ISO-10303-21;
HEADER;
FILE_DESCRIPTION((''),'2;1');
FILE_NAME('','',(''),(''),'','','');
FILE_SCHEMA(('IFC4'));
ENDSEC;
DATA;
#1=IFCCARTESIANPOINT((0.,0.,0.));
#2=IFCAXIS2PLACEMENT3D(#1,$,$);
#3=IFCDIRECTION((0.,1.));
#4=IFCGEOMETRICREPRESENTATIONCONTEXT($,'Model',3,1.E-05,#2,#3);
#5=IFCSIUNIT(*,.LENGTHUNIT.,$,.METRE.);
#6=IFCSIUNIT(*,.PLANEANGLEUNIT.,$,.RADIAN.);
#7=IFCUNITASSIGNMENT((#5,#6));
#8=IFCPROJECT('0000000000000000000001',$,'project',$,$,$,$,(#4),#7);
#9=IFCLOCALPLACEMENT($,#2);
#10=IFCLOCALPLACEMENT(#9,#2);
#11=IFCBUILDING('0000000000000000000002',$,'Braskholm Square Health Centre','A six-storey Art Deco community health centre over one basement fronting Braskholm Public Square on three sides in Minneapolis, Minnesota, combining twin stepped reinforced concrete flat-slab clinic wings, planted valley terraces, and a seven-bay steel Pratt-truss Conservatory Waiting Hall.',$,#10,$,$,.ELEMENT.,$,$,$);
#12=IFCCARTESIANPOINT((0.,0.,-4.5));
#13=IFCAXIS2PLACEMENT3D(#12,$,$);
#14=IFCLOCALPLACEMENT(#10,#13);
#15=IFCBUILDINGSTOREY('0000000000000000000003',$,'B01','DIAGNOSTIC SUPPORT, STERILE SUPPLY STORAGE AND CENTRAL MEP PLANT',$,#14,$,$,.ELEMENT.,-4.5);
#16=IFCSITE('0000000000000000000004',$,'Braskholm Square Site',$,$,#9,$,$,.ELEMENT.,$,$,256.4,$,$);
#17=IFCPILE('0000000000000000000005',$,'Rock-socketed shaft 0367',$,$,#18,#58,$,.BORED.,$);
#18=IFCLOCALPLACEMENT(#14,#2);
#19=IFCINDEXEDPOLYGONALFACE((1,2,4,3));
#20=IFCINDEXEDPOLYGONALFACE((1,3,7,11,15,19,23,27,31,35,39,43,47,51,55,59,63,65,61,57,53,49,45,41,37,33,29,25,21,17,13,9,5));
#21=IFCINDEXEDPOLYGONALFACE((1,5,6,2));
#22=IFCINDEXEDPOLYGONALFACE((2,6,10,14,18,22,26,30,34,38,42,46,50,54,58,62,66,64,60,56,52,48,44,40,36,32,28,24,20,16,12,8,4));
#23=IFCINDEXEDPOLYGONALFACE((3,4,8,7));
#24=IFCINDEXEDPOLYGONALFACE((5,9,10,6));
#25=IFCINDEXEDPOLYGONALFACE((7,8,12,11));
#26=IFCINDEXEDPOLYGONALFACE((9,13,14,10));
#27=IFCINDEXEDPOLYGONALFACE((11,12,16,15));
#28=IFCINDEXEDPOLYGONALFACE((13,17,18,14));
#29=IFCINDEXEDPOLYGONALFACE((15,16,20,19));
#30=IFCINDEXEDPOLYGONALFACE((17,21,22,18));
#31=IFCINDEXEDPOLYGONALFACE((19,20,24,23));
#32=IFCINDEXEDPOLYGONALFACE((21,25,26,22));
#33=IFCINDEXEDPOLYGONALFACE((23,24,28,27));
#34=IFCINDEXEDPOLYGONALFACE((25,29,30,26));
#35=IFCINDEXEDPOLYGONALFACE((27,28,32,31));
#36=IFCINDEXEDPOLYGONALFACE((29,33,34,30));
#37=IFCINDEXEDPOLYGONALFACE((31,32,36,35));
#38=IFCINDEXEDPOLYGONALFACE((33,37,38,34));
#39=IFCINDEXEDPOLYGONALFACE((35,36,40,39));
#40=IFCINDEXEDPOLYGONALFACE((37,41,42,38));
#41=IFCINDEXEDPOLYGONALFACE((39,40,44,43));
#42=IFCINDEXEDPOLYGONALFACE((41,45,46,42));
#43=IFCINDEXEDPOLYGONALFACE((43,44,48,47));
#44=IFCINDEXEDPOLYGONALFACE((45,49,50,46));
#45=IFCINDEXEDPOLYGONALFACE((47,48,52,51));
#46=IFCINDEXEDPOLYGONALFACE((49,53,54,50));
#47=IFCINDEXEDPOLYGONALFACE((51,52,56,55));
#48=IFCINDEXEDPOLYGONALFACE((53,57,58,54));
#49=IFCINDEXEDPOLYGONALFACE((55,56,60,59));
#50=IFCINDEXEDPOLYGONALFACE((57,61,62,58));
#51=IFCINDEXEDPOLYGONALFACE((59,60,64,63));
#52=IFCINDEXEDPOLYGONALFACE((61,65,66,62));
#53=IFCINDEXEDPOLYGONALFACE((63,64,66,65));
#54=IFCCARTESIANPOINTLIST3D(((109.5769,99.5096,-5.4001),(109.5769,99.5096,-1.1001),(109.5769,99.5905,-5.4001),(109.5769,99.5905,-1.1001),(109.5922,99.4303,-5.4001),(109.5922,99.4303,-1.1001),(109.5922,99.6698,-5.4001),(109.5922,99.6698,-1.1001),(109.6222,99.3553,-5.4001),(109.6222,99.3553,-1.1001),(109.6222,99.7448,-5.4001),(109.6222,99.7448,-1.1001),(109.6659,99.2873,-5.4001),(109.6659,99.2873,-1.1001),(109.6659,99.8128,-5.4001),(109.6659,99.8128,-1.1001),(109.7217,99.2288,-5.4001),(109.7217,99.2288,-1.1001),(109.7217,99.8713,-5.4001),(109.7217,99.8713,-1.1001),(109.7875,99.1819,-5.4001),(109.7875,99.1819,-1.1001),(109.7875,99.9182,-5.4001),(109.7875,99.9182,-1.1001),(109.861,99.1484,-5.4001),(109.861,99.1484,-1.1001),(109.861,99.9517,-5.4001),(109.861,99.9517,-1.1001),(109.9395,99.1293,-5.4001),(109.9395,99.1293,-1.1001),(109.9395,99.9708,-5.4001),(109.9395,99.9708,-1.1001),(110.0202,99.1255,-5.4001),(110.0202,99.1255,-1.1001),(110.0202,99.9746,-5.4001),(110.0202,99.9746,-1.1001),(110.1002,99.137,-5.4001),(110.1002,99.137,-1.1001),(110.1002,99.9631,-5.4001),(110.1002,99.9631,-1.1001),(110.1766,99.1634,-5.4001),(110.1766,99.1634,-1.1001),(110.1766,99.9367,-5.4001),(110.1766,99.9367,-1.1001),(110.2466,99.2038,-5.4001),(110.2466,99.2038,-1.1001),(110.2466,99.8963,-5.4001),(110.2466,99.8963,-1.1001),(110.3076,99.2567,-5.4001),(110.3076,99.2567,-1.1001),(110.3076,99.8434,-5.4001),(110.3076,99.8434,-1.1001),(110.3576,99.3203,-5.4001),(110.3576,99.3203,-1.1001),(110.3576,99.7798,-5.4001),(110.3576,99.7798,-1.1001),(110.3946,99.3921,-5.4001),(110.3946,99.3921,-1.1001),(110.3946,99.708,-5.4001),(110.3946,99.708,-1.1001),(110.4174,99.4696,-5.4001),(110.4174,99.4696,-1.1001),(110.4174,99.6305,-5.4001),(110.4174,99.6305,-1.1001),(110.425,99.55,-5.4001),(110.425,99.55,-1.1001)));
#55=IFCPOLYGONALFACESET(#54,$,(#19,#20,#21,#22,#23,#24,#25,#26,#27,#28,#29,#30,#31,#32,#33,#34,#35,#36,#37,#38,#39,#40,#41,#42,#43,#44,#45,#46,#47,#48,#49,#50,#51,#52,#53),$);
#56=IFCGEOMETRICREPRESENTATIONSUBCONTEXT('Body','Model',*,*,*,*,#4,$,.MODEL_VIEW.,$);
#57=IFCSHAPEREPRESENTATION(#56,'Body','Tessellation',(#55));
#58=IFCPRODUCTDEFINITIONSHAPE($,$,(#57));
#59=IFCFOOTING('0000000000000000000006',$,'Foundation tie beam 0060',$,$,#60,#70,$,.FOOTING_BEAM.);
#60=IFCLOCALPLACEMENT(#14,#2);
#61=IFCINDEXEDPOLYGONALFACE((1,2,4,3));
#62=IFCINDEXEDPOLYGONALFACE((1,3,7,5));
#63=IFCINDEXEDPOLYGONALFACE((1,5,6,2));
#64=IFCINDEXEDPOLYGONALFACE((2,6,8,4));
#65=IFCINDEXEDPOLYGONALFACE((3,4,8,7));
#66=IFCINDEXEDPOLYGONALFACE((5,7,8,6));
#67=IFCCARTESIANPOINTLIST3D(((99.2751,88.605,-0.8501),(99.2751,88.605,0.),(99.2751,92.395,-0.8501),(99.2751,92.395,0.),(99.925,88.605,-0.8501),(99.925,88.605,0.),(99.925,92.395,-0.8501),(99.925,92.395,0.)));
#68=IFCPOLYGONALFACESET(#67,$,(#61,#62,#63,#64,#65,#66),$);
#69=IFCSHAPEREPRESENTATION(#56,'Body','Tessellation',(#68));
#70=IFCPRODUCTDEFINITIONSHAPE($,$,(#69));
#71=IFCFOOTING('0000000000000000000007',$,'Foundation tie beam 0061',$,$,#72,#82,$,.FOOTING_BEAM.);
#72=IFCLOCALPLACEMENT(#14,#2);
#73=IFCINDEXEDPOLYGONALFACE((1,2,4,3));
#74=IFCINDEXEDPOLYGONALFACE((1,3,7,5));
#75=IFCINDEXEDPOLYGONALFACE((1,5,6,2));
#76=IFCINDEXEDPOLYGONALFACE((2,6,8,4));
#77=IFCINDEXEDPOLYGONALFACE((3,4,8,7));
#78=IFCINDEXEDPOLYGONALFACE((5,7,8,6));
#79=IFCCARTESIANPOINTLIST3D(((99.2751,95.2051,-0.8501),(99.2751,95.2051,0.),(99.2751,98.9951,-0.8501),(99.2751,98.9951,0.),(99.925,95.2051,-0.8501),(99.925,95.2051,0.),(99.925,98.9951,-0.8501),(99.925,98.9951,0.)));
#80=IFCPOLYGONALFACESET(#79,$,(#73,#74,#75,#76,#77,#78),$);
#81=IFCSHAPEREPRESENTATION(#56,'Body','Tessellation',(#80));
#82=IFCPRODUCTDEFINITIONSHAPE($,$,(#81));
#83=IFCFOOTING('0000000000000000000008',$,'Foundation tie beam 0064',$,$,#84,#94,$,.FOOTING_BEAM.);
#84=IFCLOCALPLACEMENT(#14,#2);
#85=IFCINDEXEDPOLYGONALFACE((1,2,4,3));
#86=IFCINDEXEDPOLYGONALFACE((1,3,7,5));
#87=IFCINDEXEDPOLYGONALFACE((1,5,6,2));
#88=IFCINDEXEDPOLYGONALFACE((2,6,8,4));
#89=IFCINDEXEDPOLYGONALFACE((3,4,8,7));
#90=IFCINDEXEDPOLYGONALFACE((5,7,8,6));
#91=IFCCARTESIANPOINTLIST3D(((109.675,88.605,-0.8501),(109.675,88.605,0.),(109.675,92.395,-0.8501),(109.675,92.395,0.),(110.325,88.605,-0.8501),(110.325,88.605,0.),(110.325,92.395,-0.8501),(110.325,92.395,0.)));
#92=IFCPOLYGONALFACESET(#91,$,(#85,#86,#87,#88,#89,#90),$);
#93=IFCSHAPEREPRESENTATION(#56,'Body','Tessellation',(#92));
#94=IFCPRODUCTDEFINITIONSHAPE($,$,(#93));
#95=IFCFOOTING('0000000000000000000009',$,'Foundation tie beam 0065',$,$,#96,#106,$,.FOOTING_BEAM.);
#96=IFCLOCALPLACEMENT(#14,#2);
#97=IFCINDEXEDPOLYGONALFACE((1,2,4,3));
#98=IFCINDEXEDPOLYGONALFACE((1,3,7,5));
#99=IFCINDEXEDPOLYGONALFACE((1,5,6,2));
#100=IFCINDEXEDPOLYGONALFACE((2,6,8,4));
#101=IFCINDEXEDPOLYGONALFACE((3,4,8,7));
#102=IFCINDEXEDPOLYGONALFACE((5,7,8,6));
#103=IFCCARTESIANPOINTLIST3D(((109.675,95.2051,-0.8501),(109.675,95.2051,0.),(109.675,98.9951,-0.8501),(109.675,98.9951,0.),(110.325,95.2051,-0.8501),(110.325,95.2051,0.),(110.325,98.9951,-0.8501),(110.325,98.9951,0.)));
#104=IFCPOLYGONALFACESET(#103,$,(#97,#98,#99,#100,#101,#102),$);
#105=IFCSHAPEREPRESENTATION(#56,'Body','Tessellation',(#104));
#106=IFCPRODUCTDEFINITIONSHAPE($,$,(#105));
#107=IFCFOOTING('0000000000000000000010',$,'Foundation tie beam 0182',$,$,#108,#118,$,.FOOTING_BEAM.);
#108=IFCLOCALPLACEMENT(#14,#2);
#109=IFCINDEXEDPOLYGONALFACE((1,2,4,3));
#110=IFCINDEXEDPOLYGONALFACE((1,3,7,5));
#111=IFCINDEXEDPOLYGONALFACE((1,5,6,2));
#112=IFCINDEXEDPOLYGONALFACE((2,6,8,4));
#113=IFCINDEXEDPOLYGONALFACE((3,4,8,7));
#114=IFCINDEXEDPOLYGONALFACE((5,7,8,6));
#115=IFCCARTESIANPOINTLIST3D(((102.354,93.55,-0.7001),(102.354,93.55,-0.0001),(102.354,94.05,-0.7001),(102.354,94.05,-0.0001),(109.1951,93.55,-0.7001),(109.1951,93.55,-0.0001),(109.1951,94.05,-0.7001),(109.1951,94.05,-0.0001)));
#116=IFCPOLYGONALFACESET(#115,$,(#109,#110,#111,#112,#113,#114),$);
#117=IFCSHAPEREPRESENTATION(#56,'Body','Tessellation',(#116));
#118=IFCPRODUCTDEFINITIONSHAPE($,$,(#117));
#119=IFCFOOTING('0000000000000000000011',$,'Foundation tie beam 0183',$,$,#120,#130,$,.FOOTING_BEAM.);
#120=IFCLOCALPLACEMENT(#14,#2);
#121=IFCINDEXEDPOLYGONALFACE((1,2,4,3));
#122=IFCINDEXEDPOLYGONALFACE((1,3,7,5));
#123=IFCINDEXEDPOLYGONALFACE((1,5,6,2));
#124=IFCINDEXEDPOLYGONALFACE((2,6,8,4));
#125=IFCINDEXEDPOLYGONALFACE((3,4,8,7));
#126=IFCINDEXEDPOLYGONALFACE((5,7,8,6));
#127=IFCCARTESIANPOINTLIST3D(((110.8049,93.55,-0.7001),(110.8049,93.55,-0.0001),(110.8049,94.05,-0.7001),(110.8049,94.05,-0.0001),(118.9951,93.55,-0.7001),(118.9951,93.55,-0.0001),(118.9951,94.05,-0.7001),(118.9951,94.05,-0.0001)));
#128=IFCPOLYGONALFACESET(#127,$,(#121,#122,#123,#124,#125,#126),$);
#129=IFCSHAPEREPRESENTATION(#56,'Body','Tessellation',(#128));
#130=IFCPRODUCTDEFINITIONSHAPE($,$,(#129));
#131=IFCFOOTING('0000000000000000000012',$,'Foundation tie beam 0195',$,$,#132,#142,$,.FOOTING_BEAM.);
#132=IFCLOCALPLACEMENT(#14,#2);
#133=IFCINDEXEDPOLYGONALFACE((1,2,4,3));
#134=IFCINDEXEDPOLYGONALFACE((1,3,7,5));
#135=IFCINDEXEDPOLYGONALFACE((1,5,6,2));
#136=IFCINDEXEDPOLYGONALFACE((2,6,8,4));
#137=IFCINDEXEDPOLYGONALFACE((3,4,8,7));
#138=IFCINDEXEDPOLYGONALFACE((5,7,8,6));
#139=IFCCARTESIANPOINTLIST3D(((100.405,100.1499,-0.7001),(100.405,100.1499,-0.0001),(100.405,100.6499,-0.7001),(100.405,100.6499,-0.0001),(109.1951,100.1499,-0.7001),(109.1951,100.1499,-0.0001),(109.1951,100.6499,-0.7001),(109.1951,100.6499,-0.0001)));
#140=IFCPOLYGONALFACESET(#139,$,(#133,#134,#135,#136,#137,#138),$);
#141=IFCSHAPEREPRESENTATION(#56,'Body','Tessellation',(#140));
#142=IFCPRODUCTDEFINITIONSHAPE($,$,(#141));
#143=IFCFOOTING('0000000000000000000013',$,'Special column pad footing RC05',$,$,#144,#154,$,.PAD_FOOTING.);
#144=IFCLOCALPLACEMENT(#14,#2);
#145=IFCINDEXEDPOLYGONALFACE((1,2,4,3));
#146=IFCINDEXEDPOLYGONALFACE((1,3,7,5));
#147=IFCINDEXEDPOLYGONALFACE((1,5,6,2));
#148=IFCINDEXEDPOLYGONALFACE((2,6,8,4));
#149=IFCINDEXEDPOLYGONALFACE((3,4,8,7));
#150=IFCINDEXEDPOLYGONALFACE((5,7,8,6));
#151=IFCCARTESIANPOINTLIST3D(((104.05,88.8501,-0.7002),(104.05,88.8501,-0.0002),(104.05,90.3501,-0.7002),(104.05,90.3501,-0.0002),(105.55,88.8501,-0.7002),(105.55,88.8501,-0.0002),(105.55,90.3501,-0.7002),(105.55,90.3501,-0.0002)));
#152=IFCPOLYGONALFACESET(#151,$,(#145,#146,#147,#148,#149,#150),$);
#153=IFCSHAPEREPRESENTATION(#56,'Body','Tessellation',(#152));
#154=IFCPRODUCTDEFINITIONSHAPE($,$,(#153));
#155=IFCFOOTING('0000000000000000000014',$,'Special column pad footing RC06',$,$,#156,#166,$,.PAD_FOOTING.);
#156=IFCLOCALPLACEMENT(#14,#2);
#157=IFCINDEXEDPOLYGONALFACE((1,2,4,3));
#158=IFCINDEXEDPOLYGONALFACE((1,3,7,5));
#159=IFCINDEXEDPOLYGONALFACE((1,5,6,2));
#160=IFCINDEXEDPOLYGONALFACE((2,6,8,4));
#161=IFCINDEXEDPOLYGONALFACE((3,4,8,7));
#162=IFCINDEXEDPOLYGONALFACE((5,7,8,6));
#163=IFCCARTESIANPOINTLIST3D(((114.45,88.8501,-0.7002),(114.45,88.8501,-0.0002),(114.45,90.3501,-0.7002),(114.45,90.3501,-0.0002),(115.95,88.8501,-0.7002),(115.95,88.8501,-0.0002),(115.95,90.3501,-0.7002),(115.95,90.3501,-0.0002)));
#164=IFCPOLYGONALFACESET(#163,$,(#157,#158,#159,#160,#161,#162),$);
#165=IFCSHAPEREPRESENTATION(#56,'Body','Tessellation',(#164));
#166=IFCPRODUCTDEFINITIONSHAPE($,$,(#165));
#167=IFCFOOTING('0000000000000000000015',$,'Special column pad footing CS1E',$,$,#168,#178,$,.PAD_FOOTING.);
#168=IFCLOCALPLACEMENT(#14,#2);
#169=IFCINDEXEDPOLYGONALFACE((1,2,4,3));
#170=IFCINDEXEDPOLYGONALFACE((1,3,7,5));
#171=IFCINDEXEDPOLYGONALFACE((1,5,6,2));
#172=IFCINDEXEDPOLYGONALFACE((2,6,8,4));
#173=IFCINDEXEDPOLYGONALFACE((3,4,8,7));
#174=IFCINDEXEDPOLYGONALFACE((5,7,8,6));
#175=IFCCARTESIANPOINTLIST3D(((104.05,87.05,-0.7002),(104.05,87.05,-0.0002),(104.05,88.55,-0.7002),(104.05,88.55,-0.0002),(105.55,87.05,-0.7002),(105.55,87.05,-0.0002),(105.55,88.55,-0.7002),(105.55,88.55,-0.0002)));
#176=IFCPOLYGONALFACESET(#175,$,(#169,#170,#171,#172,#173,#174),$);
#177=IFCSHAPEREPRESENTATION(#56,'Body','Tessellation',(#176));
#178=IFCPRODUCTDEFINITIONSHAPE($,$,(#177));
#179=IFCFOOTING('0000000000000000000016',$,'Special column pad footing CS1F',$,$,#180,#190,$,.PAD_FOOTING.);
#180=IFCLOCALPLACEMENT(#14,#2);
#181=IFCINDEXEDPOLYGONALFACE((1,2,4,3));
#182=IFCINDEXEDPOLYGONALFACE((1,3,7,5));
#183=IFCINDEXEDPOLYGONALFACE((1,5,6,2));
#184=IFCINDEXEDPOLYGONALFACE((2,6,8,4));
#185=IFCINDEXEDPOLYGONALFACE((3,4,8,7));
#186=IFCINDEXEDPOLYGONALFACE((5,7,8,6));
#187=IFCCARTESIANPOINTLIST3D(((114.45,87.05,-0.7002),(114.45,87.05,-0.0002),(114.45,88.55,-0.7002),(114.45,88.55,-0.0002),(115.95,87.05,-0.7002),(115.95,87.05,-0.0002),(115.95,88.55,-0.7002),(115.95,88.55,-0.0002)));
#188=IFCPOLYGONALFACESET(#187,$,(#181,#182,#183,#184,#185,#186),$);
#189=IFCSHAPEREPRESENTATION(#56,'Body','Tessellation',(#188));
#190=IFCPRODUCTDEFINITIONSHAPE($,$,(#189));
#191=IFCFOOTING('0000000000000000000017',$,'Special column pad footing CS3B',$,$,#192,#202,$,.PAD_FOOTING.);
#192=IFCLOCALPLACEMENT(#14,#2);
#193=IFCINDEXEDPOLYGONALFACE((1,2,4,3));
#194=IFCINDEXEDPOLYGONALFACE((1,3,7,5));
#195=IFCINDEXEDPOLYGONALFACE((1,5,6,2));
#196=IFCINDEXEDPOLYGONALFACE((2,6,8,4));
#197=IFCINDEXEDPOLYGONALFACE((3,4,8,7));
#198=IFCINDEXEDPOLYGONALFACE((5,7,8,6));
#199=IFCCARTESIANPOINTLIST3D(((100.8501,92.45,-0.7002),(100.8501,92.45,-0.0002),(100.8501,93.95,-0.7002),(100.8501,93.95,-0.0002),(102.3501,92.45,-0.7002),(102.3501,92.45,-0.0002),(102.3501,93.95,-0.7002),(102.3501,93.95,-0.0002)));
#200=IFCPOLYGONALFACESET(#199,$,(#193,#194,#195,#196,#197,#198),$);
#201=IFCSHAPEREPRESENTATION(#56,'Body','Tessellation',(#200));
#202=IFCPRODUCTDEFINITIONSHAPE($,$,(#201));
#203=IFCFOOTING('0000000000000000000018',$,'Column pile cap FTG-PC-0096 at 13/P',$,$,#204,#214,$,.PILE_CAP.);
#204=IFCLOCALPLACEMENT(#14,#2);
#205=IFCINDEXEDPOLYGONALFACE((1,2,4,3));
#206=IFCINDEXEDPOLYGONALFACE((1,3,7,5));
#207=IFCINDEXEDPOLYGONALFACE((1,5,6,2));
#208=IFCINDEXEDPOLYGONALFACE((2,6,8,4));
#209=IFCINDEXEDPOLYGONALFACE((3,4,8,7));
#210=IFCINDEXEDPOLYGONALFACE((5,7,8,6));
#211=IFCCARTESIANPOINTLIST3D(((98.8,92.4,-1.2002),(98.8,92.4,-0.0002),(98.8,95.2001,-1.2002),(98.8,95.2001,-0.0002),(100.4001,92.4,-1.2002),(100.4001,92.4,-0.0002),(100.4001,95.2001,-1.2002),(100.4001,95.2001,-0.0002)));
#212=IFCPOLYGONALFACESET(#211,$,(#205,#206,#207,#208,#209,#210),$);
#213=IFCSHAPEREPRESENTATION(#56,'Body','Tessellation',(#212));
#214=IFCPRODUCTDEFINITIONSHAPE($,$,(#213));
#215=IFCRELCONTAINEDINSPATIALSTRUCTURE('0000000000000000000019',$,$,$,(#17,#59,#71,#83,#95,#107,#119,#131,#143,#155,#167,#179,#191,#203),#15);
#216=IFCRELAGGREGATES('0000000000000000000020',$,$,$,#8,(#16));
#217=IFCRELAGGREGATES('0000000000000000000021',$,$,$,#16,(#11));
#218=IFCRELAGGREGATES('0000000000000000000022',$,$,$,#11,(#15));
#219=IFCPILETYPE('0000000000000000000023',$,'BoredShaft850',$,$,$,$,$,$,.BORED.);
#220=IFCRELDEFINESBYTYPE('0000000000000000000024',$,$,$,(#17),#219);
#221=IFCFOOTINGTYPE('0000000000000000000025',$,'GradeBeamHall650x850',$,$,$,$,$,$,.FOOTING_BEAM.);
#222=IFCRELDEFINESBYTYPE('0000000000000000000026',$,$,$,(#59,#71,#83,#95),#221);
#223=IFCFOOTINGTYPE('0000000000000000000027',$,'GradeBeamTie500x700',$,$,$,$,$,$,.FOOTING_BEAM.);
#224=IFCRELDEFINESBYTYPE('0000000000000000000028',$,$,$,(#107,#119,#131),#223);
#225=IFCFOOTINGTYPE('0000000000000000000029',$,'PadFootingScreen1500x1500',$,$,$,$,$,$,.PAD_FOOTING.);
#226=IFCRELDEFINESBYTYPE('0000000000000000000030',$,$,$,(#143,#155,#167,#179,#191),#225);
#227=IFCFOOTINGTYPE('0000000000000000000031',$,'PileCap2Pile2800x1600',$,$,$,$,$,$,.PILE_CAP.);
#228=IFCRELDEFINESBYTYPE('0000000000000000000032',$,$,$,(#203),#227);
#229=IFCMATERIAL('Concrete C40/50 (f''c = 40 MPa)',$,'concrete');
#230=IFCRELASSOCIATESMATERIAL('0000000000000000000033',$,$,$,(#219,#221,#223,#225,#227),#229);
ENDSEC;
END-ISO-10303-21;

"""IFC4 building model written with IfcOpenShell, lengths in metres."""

from ifc_helpers import new_model, si_unit, direction, frame, origin, origin_2d, place, context, subcontext, project, spatial, rectangle, circle, extrude, material, material_profile, profile_set, type_object, element, save


model = new_model("IFC4")

# Units and contexts
model_context = context("Model", 3, precision=1e-05, world=origin(), true_north=direction((0.0, 1.0)))
body_context = subcontext(model_context, "Body", "Model", "MODEL_VIEW")
ifc_project = project(units=[si_unit("LENGTHUNIT", "METRE"), si_unit("PLANEANGLEUNIT", "RADIAN")], contexts=[model_context])

# Site, building, storey
site_placement = place(None, origin())
site = spatial("IfcSite", under=ifc_project, at=site_placement, Name="Braskholm Square Site", CompositionType="ELEMENT", RefElevation=256.4)
building_placement = place(site_placement, origin())
building = spatial("IfcBuilding", under=site, at=building_placement, Name="Braskholm Square Health Centre", Description="A six-storey Art Deco community health centre over one basement fronting Braskholm Public Square on three sides in Minneapolis, Minnesota, combining twin stepped reinforced concrete flat-slab clinic wings, planted valley terraces, and a seven-bay steel Pratt-truss Conservatory Waiting Hall.", CompositionType="ELEMENT")
storey_placement = place(building_placement, frame((0.0, 0.0, -4.5)))
storey = spatial("IfcBuildingStorey", under=building, at=storey_placement, Name="B01", Description="DIAGNOSTIC SUPPORT, STERILE SUPPLY STORAGE AND CENTRAL MEP PLANT", CompositionType="ELEMENT", Elevation=-4.5)

# Pile
ifc_material_1 = material(Name="Concrete C40/50 (f'c = 40 MPa)", Category="concrete")
ifc_material_profile_1 = material_profile(ifc_material_1, circle(Radius=0.425, at=origin_2d()), Name="BORED-PILE-850")
ifc_profile_set_1 = profile_set([ifc_material_profile_1], Name="Concrete C40/50 (f'c = 40 MPa)")
pile_type_1 = type_object("IfcPileType", Name="BoredShaft850", PredefinedType="BORED", material=ifc_profile_set_1)
for number, where, z_axis, x_axis, name in (
    (1, (110.0, 99.55, -1.1001), (0.0, 0.0, -1.0), (1.0, 0.0, 0.0), "Rock-socketed shaft 0367"),
):
    element("IfcPile", number, at=place(storey_placement, frame(where, z_axis=z_axis, x_axis=x_axis)), inside=storey, type_object=pile_type_1, Name=name, PredefinedType="BORED", context=body_context, shape_type="SweptSolid", body=[
        extrude(circle(Radius=0.425, at=origin_2d()), origin(), (0.0, 0.0, 1.0), 4.3),
    ])

# Footings
ifc_material_profile_2 = material_profile(ifc_material_1, rectangle(XDim=0.6499, YDim=0.8501, at=origin_2d()), Name="FTG-650X850")
ifc_profile_set_2 = profile_set([ifc_material_profile_2], Name="Concrete C40/50 (f'c = 40 MPa)")
footing_type_1 = type_object("IfcFootingType", Name="GradeBeamHall650x850", PredefinedType="FOOTING_BEAM", material=ifc_profile_set_2)
for number, where, z_axis, x_axis, name in (
    (2, (99.6001, 88.605, -0.425), (0.0, 1.0, 0.0), (-1.0, 0.0, 0.0), "Foundation tie beam 0060"),
    (3, (99.6001, 95.2051, -0.425), (0.0, 1.0, 0.0), (-1.0, 0.0, 0.0), "Foundation tie beam 0061"),
    (4, (110.0, 88.605, -0.425), (0.0, 1.0, 0.0), (-1.0, 0.0, 0.0), "Foundation tie beam 0064"),
    (5, (110.0, 95.2051, -0.425), (0.0, 1.0, 0.0), (-1.0, 0.0, 0.0), "Foundation tie beam 0065"),
):
    element("IfcFooting", number, at=place(storey_placement, frame(where, z_axis=z_axis, x_axis=x_axis)), inside=storey, type_object=footing_type_1, Name=name, PredefinedType="FOOTING_BEAM", context=body_context, shape_type="SweptSolid", body=[
        extrude(rectangle(XDim=0.6499, YDim=0.8501, at=origin_2d()), origin(), (0.0, 0.0, 1.0), 3.79),
    ])
ifc_material_profile_3 = material_profile(ifc_material_1, rectangle(XDim=0.5, YDim=0.7, at=origin_2d()), Name="FTG-500X700")
ifc_profile_set_3 = profile_set([ifc_material_profile_3], Name="Concrete C40/50 (f'c = 40 MPa)")
footing_type_2 = type_object("IfcFootingType", Name="GradeBeamTie500x700", PredefinedType="FOOTING_BEAM", material=ifc_profile_set_3)
footing_1_placement = place(storey_placement, frame((102.354, 93.8, -0.3501), z_axis=(1.0, 0.0, 0.0), x_axis=(0.0, 1.0, 0.0)))
element("IfcFooting", 6, at=footing_1_placement, inside=storey, type_object=footing_type_2, Name="Foundation tie beam 0182", PredefinedType="FOOTING_BEAM", context=body_context, shape_type="SweptSolid", body=[
    extrude(rectangle(XDim=0.5, YDim=0.7, at=origin_2d()), origin(), (0.0, 0.0, 1.0), 6.8411),
])
footing_2_placement = place(storey_placement, frame((110.8049, 93.8, -0.3501), z_axis=(1.0, 0.0, 0.0), x_axis=(0.0, 1.0, 0.0)))
element("IfcFooting", 7, at=footing_2_placement, inside=storey, type_object=footing_type_2, Name="Foundation tie beam 0183", PredefinedType="FOOTING_BEAM", context=body_context, shape_type="SweptSolid", body=[
    extrude(rectangle(XDim=0.5, YDim=0.7, at=origin_2d()), origin(), (0.0, 0.0, 1.0), 8.1902),
])
footing_3_placement = place(storey_placement, frame((100.405, 100.3999, -0.3501), z_axis=(1.0, 0.0, 0.0), x_axis=(0.0, 1.0, 0.0)))
element("IfcFooting", 8, at=footing_3_placement, inside=storey, type_object=footing_type_2, Name="Foundation tie beam 0195", PredefinedType="FOOTING_BEAM", context=body_context, shape_type="SweptSolid", body=[
    extrude(rectangle(XDim=0.5, YDim=0.7, at=origin_2d()), origin(), (0.0, 0.0, 1.0), 8.79),
])
footing_type_3 = type_object("IfcFootingType", Name="PadFootingScreen1500x1500", PredefinedType="PAD_FOOTING", material=ifc_material_1)
for number, where, z_axis, x_axis, name in (
    (9, (104.8, 89.6001, -0.7002), (0.0, 0.0, 1.0), (1.0, 0.0, 0.0), "Special column pad footing RC05"),
    (10, (115.2, 89.6001, -0.7002), (0.0, 0.0, 1.0), (1.0, 0.0, 0.0), "Special column pad footing RC06"),
    (11, (104.8, 87.8, -0.7002), (0.0, 0.0, 1.0), (1.0, 0.0, 0.0), "Special column pad footing CS1E"),
    (12, (115.2, 87.8, -0.7002), (0.0, 0.0, 1.0), (1.0, 0.0, 0.0), "Special column pad footing CS1F"),
    (13, (101.6001, 93.2, -0.7002), (0.0, 0.0, 1.0), (1.0, 0.0, 0.0), "Special column pad footing CS3B"),
):
    element("IfcFooting", number, at=place(storey_placement, frame(where, z_axis=z_axis, x_axis=x_axis)), inside=storey, type_object=footing_type_3, Name=name, PredefinedType="PAD_FOOTING", context=body_context, shape_type="SweptSolid", body=[
        extrude(rectangle(XDim=1.5, YDim=1.5, at=origin_2d()), origin(), (0.0, 0.0, 1.0), 0.7),
    ])
footing_type_4 = type_object("IfcFootingType", Name="PileCap2Pile2800x1600", PredefinedType="PILE_CAP", material=ifc_material_1)
for number, where, z_axis, x_axis, name in (
    (14, (99.6001, 93.8, -1.2002), (0.0, 0.0, 1.0), (0.0, 1.0, 0.0), "Column pile cap FTG-PC-0096 at 13/P"),
):
    element("IfcFooting", number, at=place(storey_placement, frame(where, z_axis=z_axis, x_axis=x_axis)), inside=storey, type_object=footing_type_4, Name=name, PredefinedType="PILE_CAP", context=body_context, shape_type="SweptSolid", body=[
        extrude(rectangle(XDim=2.8, YDim=1.6001, at=origin_2d()), origin(), (0.0, 0.0, 1.0), 1.2),
    ])

save(model, "model.ifc")
